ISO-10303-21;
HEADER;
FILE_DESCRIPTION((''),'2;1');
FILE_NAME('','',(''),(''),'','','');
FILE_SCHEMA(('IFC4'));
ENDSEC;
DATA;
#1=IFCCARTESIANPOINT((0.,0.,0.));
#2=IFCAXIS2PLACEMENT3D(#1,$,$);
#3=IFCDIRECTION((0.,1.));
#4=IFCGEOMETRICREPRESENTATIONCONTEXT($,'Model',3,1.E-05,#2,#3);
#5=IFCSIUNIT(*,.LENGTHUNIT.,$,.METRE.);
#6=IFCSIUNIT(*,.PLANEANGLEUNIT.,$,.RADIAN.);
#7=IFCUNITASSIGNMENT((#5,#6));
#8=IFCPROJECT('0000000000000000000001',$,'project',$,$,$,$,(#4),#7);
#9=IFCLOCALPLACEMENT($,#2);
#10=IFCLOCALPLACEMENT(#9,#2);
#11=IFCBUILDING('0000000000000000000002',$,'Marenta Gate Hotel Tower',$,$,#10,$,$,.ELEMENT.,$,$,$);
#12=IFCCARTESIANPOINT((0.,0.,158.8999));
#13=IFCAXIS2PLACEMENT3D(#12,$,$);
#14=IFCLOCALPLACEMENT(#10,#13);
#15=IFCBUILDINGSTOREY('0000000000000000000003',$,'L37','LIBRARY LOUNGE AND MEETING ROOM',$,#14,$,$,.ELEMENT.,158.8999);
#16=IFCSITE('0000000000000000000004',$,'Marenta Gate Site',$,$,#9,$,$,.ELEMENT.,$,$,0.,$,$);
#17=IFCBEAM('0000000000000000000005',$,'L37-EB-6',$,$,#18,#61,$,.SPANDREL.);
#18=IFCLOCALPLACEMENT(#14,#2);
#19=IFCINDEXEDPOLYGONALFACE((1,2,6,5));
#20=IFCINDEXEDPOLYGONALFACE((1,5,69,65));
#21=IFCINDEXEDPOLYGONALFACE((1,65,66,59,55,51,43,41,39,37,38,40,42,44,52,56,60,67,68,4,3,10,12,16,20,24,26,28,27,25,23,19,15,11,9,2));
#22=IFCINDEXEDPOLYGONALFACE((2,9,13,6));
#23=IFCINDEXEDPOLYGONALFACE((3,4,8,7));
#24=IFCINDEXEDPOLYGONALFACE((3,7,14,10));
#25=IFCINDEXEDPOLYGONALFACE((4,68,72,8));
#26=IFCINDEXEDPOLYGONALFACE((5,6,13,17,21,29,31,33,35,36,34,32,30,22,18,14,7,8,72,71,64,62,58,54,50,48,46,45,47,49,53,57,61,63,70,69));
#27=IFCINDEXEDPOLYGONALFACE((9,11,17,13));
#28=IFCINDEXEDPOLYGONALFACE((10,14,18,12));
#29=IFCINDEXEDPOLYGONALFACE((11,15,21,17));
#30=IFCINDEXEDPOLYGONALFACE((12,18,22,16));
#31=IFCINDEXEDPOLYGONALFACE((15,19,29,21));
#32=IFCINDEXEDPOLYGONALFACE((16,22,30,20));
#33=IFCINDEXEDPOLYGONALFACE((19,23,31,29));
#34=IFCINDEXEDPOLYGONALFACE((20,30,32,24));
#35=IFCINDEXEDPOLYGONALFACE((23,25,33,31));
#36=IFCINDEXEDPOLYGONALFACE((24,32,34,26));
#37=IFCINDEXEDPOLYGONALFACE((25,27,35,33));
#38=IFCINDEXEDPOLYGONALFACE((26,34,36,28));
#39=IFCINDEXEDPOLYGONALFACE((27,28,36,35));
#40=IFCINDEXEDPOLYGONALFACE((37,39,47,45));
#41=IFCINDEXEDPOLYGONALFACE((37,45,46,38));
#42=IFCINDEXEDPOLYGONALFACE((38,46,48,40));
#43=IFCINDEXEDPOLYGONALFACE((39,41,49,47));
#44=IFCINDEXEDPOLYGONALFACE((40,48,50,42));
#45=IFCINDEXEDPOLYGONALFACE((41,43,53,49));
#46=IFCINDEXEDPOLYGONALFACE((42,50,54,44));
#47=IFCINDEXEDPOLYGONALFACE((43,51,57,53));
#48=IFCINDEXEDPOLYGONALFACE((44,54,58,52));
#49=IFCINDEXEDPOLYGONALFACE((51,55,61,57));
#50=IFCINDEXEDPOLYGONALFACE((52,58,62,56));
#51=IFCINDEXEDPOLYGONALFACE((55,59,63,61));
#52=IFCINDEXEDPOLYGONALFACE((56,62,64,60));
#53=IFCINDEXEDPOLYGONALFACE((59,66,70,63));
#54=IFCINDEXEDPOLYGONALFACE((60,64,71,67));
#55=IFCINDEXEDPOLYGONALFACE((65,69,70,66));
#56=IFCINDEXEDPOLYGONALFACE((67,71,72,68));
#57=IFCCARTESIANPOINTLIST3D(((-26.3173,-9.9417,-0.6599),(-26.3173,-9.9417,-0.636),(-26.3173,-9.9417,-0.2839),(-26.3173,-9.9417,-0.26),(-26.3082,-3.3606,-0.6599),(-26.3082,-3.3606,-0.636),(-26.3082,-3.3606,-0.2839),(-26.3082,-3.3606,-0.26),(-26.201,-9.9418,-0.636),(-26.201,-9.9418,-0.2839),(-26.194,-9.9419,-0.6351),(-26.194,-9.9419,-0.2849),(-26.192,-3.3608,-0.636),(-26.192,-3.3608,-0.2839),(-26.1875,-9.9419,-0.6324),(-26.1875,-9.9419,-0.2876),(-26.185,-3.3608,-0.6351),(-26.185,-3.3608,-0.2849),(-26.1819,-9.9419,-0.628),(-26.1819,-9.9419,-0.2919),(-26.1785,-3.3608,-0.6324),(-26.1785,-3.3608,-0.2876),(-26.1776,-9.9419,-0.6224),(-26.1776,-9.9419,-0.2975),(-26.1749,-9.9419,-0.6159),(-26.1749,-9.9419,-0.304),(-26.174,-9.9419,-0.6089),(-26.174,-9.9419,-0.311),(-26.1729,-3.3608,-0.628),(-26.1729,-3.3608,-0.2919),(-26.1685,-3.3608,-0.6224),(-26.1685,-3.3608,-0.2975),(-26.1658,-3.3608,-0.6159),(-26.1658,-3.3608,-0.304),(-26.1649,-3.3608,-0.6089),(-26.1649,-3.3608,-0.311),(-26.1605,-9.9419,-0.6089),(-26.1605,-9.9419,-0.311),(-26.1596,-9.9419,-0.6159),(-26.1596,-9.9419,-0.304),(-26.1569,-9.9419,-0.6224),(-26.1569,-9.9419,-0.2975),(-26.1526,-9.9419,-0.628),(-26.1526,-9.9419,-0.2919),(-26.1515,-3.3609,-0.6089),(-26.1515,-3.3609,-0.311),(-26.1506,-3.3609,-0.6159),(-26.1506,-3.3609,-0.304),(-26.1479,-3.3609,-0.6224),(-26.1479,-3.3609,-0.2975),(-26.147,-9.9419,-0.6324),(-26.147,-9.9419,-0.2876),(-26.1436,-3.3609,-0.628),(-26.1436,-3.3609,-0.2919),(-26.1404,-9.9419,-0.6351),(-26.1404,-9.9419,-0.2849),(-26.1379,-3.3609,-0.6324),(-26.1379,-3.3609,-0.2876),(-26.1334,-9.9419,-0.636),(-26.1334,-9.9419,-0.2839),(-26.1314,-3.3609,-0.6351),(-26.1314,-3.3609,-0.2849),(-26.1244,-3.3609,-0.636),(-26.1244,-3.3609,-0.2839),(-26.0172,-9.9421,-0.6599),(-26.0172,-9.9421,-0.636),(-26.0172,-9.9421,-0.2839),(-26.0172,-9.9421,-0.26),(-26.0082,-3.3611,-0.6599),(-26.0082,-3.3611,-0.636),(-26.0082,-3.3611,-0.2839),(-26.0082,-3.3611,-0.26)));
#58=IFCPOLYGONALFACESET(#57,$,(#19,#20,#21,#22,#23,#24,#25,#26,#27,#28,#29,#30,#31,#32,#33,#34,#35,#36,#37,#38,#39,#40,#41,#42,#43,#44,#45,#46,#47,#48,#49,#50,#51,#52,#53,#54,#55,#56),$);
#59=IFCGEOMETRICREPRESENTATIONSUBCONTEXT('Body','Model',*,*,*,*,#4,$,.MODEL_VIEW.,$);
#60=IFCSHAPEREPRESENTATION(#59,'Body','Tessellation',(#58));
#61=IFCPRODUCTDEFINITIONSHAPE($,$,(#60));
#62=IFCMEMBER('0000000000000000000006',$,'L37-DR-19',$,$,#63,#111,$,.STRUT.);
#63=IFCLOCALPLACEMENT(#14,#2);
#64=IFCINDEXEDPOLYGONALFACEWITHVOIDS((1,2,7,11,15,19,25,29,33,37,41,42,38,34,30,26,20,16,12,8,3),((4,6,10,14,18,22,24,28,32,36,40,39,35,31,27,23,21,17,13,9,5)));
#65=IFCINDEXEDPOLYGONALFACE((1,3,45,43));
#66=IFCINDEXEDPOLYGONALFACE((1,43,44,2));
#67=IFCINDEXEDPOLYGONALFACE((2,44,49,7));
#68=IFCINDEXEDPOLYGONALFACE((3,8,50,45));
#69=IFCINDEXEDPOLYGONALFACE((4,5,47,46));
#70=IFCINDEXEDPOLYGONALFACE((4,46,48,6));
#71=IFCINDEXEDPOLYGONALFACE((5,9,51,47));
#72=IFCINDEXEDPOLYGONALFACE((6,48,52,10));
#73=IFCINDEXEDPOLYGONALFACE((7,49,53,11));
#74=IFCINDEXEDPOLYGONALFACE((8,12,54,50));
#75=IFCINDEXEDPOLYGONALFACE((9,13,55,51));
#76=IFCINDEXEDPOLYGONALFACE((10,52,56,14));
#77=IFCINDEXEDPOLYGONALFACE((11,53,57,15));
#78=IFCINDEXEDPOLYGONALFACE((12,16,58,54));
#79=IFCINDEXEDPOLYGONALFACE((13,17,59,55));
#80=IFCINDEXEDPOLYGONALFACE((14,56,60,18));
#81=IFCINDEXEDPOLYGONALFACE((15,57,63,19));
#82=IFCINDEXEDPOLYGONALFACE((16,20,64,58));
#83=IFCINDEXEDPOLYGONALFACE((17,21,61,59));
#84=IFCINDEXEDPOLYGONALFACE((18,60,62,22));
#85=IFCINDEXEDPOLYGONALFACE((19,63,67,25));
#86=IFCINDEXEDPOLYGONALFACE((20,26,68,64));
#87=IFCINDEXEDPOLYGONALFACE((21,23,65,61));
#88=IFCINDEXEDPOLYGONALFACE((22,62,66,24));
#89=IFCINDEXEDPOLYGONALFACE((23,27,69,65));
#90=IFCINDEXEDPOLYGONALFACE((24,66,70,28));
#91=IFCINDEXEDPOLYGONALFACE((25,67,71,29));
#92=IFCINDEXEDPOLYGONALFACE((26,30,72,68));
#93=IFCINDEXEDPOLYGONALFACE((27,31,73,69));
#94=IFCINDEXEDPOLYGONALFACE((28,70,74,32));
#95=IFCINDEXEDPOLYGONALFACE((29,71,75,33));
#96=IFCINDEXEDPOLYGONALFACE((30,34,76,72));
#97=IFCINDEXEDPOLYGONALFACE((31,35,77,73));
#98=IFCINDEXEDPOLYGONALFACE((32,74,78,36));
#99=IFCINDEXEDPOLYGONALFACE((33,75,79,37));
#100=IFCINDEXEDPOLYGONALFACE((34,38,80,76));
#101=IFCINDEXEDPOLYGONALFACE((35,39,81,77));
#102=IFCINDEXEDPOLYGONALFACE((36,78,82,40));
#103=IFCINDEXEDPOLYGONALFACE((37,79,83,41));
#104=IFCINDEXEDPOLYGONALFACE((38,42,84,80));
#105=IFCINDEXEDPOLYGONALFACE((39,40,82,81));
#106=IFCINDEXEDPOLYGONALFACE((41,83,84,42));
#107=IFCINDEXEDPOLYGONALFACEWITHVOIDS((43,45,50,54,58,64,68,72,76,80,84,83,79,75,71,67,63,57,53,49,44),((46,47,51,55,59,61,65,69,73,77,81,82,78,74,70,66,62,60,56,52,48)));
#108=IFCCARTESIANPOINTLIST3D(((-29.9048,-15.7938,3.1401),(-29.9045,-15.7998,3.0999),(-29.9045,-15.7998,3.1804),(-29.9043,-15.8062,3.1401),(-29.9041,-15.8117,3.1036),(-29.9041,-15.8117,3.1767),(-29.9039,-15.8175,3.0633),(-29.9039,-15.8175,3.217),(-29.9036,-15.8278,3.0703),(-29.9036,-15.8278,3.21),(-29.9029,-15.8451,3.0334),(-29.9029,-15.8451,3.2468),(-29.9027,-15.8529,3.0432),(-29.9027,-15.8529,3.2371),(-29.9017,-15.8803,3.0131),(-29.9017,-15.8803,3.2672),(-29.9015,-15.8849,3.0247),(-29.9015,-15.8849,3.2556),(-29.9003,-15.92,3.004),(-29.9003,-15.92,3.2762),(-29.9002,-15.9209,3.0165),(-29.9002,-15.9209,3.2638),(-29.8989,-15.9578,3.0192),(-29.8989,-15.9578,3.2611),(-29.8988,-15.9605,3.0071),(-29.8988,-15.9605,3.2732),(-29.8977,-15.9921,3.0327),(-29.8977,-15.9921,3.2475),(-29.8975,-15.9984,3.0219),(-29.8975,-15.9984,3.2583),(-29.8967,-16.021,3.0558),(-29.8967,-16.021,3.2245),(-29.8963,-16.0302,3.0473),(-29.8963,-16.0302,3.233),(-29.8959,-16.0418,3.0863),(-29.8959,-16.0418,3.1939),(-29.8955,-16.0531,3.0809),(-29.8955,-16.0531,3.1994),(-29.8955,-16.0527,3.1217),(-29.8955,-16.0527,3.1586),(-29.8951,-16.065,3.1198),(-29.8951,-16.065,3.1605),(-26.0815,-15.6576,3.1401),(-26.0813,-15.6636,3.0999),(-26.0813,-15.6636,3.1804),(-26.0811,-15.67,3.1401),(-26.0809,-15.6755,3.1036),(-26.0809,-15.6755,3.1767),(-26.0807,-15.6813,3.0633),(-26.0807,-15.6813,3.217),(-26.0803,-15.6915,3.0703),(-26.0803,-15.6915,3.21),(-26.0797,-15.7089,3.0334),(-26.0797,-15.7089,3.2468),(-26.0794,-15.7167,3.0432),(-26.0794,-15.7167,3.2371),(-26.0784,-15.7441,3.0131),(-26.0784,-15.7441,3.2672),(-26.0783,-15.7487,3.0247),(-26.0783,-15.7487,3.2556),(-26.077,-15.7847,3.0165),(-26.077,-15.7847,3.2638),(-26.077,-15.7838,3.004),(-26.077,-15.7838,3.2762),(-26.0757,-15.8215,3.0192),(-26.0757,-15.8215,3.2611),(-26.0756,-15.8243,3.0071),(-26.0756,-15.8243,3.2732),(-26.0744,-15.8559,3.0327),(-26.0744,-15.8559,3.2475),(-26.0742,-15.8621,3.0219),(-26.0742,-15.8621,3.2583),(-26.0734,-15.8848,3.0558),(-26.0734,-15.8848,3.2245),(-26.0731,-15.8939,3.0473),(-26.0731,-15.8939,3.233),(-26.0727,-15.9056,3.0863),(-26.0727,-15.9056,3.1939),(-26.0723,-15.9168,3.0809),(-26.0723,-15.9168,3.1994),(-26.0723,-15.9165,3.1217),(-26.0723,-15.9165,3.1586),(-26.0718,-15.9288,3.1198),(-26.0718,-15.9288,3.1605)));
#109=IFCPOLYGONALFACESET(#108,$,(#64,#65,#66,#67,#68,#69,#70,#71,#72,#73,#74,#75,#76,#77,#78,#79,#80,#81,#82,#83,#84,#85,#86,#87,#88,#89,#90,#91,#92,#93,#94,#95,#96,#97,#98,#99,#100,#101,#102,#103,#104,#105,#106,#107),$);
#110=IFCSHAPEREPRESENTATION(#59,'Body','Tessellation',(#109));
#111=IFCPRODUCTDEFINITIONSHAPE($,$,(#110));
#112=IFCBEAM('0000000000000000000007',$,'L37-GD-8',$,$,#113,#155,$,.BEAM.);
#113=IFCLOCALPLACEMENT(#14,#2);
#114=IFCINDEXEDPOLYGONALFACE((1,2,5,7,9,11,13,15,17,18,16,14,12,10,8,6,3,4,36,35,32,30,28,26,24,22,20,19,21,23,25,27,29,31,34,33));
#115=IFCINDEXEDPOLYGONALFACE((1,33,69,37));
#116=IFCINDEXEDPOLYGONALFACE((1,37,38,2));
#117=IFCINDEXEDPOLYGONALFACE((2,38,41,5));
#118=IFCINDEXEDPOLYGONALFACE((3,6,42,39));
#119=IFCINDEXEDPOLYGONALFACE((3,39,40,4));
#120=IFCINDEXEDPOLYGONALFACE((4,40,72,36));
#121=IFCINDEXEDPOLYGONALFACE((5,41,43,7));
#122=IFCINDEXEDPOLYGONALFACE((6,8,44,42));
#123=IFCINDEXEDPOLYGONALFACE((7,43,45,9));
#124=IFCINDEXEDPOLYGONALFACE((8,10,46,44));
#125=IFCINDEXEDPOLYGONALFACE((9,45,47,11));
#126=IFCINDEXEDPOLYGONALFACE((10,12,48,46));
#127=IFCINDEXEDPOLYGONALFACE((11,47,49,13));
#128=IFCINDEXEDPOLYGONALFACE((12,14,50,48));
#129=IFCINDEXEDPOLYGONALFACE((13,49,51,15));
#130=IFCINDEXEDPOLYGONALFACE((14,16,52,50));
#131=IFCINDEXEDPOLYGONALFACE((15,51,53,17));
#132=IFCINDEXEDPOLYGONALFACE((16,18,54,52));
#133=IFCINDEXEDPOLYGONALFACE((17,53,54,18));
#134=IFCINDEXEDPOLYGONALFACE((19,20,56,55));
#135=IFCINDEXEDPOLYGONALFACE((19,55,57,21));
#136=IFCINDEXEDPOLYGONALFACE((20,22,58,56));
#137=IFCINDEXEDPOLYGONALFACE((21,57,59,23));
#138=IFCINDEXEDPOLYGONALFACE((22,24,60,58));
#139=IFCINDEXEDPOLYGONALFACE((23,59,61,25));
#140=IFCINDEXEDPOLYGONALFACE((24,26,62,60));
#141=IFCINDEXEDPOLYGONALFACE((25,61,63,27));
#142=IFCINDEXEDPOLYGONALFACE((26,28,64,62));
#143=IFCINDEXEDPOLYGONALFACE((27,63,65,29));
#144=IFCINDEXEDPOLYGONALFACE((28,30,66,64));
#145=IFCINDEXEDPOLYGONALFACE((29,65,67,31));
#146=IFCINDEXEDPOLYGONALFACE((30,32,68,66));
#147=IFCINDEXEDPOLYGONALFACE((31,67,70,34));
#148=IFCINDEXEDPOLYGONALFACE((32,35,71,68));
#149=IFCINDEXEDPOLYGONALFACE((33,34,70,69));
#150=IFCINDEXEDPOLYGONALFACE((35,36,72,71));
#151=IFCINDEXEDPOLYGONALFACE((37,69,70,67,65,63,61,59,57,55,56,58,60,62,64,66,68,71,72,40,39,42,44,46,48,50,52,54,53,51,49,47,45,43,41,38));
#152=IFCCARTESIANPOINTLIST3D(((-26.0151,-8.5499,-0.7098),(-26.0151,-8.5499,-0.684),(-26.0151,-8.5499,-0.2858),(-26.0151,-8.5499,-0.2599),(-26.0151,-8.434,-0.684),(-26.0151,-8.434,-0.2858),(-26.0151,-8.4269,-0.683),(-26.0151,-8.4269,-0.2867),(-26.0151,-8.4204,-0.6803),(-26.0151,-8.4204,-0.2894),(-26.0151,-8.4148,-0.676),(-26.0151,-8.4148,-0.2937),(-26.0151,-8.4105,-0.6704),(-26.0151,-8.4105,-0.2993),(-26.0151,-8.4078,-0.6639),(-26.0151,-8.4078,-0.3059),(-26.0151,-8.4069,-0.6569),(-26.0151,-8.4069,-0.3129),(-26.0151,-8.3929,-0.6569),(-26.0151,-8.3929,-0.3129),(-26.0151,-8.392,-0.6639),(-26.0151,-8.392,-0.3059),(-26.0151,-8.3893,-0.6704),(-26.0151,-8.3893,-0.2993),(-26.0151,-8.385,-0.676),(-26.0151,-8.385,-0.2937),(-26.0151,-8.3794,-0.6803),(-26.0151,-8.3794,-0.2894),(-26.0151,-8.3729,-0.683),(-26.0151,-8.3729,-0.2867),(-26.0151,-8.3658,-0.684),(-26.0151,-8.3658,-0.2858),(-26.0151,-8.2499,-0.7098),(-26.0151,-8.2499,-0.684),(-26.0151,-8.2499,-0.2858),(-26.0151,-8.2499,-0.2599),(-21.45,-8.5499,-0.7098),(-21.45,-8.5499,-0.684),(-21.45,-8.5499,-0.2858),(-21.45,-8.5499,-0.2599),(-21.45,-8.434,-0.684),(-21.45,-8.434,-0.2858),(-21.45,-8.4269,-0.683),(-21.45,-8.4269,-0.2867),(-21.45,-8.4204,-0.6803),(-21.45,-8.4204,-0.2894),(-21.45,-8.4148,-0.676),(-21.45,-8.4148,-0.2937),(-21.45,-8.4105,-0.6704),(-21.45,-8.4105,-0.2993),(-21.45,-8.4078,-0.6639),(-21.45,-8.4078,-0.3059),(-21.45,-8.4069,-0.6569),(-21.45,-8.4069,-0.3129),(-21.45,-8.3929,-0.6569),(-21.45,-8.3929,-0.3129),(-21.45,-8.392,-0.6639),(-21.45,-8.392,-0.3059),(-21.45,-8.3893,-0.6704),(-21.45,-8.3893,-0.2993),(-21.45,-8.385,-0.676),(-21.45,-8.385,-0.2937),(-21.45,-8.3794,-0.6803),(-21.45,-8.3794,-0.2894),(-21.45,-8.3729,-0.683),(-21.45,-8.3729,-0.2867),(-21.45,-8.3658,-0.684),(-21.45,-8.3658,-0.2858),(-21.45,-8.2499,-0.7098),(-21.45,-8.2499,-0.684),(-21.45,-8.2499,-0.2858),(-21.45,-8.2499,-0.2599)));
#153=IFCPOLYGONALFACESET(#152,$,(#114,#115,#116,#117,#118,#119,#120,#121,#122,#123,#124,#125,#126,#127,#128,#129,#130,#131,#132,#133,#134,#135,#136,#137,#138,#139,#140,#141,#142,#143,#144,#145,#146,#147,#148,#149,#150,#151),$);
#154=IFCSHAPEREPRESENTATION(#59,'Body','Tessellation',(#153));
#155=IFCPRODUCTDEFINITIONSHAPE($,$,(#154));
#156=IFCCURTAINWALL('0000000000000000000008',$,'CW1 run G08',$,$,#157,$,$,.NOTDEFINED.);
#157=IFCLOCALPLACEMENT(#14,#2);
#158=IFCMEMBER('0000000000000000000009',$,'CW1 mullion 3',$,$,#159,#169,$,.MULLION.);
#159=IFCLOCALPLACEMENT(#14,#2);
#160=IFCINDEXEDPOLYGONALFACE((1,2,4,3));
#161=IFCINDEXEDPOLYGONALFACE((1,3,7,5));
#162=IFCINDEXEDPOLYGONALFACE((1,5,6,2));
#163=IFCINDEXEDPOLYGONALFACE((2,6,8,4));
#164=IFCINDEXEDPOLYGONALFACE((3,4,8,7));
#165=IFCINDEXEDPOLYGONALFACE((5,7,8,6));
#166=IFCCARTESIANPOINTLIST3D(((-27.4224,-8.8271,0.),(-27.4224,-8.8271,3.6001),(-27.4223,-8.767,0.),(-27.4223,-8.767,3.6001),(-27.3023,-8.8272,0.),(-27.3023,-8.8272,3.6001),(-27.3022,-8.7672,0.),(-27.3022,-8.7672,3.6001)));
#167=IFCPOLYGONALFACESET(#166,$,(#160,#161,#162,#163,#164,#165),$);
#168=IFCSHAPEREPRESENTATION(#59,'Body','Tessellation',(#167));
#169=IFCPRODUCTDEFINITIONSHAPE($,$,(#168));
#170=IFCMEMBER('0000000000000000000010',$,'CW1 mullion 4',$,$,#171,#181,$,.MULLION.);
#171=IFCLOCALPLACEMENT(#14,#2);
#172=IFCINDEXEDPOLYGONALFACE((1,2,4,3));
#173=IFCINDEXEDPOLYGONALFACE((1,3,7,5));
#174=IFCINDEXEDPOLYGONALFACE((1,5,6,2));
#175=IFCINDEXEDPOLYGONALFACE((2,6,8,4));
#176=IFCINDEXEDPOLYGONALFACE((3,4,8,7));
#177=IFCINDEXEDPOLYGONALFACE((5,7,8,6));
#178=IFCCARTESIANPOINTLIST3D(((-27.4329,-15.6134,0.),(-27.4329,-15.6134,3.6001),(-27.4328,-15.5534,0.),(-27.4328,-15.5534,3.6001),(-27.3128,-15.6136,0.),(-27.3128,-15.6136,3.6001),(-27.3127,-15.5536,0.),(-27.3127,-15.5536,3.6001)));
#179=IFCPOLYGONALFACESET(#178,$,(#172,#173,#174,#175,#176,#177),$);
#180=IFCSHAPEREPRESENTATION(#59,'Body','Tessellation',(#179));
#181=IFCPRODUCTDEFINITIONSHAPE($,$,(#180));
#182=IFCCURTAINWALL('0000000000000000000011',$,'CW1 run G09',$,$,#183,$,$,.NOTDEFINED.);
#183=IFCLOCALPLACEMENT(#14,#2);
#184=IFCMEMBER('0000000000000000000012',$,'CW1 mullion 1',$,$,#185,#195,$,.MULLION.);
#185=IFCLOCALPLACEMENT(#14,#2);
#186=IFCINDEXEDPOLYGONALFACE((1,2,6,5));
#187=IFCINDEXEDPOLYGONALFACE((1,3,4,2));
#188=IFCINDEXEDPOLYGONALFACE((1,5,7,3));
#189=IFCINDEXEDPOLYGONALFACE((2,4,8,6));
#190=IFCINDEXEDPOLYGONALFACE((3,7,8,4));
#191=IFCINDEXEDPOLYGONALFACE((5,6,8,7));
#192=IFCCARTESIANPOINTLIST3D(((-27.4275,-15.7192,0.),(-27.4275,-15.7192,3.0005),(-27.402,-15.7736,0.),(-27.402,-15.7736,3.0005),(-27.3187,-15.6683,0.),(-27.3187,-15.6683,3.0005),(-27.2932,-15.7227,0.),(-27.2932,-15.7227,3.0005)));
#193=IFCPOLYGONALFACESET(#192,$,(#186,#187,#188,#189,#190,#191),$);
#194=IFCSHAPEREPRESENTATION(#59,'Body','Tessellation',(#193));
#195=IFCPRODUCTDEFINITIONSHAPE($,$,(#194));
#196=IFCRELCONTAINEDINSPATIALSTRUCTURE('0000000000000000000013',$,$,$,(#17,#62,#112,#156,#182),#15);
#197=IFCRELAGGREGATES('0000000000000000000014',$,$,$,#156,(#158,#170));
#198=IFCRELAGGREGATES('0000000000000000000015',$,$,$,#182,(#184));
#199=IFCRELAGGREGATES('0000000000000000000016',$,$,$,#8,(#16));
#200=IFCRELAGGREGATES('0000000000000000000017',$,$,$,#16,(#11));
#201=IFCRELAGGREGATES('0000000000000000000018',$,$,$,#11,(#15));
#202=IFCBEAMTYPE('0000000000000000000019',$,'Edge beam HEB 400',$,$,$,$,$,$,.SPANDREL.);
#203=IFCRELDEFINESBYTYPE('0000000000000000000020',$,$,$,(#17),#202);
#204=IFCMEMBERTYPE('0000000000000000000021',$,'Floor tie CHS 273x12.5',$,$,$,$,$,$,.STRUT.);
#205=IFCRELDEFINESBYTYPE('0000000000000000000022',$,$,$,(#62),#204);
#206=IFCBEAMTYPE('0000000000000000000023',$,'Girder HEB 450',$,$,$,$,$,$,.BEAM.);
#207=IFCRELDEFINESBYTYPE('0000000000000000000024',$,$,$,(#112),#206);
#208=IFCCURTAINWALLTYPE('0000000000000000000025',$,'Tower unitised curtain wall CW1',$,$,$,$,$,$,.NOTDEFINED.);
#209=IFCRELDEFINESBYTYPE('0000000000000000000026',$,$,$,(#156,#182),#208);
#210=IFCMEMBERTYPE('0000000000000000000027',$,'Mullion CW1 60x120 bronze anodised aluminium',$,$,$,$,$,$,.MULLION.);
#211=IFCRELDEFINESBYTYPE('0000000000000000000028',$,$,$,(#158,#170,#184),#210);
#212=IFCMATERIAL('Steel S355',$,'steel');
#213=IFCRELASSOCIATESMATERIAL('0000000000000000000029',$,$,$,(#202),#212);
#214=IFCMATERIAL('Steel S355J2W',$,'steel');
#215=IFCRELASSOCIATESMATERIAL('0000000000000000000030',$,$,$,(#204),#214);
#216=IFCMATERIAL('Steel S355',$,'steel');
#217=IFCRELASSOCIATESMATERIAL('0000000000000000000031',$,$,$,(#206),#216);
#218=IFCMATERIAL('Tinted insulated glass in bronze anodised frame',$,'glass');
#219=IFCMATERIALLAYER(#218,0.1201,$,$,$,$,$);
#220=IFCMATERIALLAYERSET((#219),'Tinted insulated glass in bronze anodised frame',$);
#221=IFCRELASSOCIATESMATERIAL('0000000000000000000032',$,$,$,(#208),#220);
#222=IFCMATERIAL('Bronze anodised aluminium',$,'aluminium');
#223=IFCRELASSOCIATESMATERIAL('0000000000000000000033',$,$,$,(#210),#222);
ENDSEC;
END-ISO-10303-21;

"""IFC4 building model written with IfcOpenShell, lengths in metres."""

from ifc_helpers import new_model, si_unit, direction, frame, origin, origin_2d, place, context, subcontext, project, spatial, rectangle, hollow_circle, i_section, extrude, material, layer, layer_set, material_profile, profile_set, type_object, element, aggregate, save


model = new_model("IFC4")

# Units and contexts
model_context = context("Model", 3, precision=1e-05, world=origin(), true_north=direction((0.0, 1.0)))
body_context = subcontext(model_context, "Body", "Model", "MODEL_VIEW")
ifc_project = project(units=[si_unit("LENGTHUNIT", "METRE"), si_unit("PLANEANGLEUNIT", "RADIAN")], contexts=[model_context])

# Site, building, storey
site_placement = place(None, origin())
site = spatial("IfcSite", under=ifc_project, at=site_placement, Name="Marenta Gate Site", CompositionType="ELEMENT", RefElevation=0.0)
building_placement = place(site_placement, origin())
building = spatial("IfcBuilding", under=site, at=building_placement, Name="Marenta Gate Hotel Tower", CompositionType="ELEMENT")
storey_placement = place(building_placement, frame((0.0, 0.0, 158.8999)))
storey = spatial("IfcBuildingStorey", under=building, at=storey_placement, Name="L37", Description="LIBRARY LOUNGE AND MEETING ROOM", CompositionType="ELEMENT", Elevation=158.8999)

# Beam
ifc_material_1 = material(Name="Steel S355", Category="steel")
ifc_material_profile_1 = material_profile(ifc_material_1, i_section(OverallWidth=0.3, OverallDepth=0.3999, WebThickness=0.0134, FlangeThickness=0.0239, FilletRadius=0.0271, at=origin_2d()), Name="HEB 400")
ifc_profile_set_1 = profile_set([ifc_material_profile_1], Name="Steel S355")
beam_type_1 = type_object("IfcBeamType", Name="Edge beam HEB 400", PredefinedType="SPANDREL", material=ifc_profile_set_1)
beam_1_placement = place(storey_placement, frame((-26.1672, -9.9419, -0.46), z_axis=(0.001373, 0.999999, 0.0), x_axis=(-0.999999, 0.001373, 0.0)))
element("IfcBeam", 1, at=beam_1_placement, inside=storey, type_object=beam_type_1, Name="L37-EB-6", PredefinedType="SPANDREL", context=body_context, shape_type="SweptSolid", body=[
    extrude(i_section(OverallWidth=0.3, OverallDepth=0.3999, WebThickness=0.0134, FlangeThickness=0.0239, FilletRadius=0.0271, at=origin_2d()), origin(), (0.0, 0.0, 1.0), 6.5811),
])

# Member
ifc_material_2 = material(Name="Steel S355J2W", Category="steel")
ifc_material_profile_2 = material_profile(ifc_material_2, hollow_circle(Radius=0.1365, WallThickness=0.0125, at=origin_2d()), Name="CHS 273x12.5")
ifc_profile_set_2 = profile_set([ifc_material_profile_2], Name="Steel S355J2W")
member_type_1 = type_object("IfcMemberType", Name="Floor tie CHS 273x12.5", PredefinedType="STRUT", material=ifc_profile_set_2)
member_1_placement = place(storey_placement, frame((-29.8999, -15.9302, 3.1401), z_axis=(0.999366, 0.03561, 0.0), x_axis=(-0.03561, 0.999366, 0.0)))
element("IfcMember", 2, at=member_1_placement, inside=storey, type_object=member_type_1, Name="L37-DR-19", PredefinedType="STRUT", context=body_context, shape_type="SweptSolid", body=[
    extrude(hollow_circle(Radius=0.1365, WallThickness=0.0125, at=origin_2d()), origin(), (0.0, 0.0, 1.0), 3.8257),
])

# Beam
ifc_material_3 = material(Name="Steel S355", Category="steel")
ifc_material_profile_3 = material_profile(ifc_material_3, i_section(OverallWidth=0.3, OverallDepth=0.45, WebThickness=0.0139, FlangeThickness=0.0259, FilletRadius=0.0271, at=origin_2d()), Name="HEB 450")
ifc_profile_set_3 = profile_set([ifc_material_profile_3], Name="Steel S355")
beam_type_2 = type_object("IfcBeamType", Name="Girder HEB 450", PredefinedType="BEAM", material=ifc_profile_set_3)
beam_2_placement = place(storey_placement, frame((-26.0151, -8.3999, -0.4849), z_axis=(1.0, 0.0, 0.0), x_axis=(0.0, 1.0, 0.0)))
element("IfcBeam", 3, at=beam_2_placement, inside=storey, type_object=beam_type_2, Name="L37-GD-8", PredefinedType="BEAM", context=body_context, shape_type="SweptSolid", body=[
    extrude(i_section(OverallWidth=0.3, OverallDepth=0.45, WebThickness=0.0139, FlangeThickness=0.0259, FilletRadius=0.0271, at=origin_2d()), origin(), (0.0, 0.0, 1.0), 4.5652),
])

# Curtain wall, members
ifc_material_4 = material(Name="Tinted insulated glass in bronze anodised frame", Category="glass")
ifc_layer_1 = layer(ifc_material_4, 0.1201)
ifc_layer_set_1 = layer_set([ifc_layer_1], Name="Tinted insulated glass in bronze anodised frame")
curtain_wall_type = type_object("IfcCurtainWallType", Name="Tower unitised curtain wall CW1", PredefinedType="NOTDEFINED", material=ifc_layer_set_1)
curtain_wall_1_placement = place(storey_placement, origin())
curtain_wall_1 = element("IfcCurtainWall", 4, at=curtain_wall_1_placement, inside=storey, type_object=curtain_wall_type, Name="CW1 run G08", PredefinedType="NOTDEFINED")
ifc_material_5 = material(Name="Bronze anodised aluminium", Category="aluminium")
ifc_material_profile_4 = material_profile(ifc_material_5, rectangle(XDim=0.1201, YDim=0.0601, at=origin_2d()), Name="Mullion CW1 60x120 bronze anodised aluminium")
ifc_profile_set_4 = profile_set([ifc_material_profile_4], Name="Bronze anodised aluminium")
member_type_2 = type_object("IfcMemberType", Name="Mullion CW1 60x120 bronze anodised aluminium", PredefinedType="MULLION", material=ifc_profile_set_4)
member_2_placement = place(storey_placement, frame((-27.3623, -8.7971, 0.0), z_axis=(0.0, 0.0, 1.0), x_axis=(0.999999, -0.001565, 0.0)))
member_2 = element("IfcMember", 5, at=member_2_placement, type_object=member_type_2, Name="CW1 mullion 3", PredefinedType="MULLION", context=body_context, shape_type="SweptSolid", body=[
    extrude(rectangle(XDim=0.1201, YDim=0.0601, at=origin_2d()), origin(), (0.0, 0.0, 1.0), 3.6001),
])
member_3_placement = place(storey_placement, frame((-27.3728, -15.5835, 0.0), z_axis=(0.0, 0.0, 1.0), x_axis=(0.999999, -0.001565, 0.0)))
member_3 = element("IfcMember", 6, at=member_3_placement, type_object=member_type_2, Name="CW1 mullion 4", PredefinedType="MULLION", context=body_context, shape_type="SweptSolid", body=[
    extrude(rectangle(XDim=0.1201, YDim=0.0601, at=origin_2d()), origin(), (0.0, 0.0, 1.0), 3.6001),
])

# Curtain wall, member
curtain_wall_2_placement = place(storey_placement, origin())
curtain_wall_2 = element("IfcCurtainWall", 7, at=curtain_wall_2_placement, inside=storey, type_object=curtain_wall_type, Name="CW1 run G09", PredefinedType="NOTDEFINED")
member_4_placement = place(storey_placement, frame((-27.3604, -15.7209, 0.0), z_axis=(0.0, 0.0, 1.0), x_axis=(0.905968, 0.423345, 0.0)))
member_4 = element("IfcMember", 8, at=member_4_placement, type_object=member_type_2, Name="CW1 mullion 1", PredefinedType="MULLION", context=body_context, shape_type="SweptSolid", body=[
    extrude(rectangle(XDim=0.1201, YDim=0.0601, at=origin_2d()), origin(), (0.0, 0.0, 1.0), 3.0005),
])

aggregate(curtain_wall_1, [member_2, member_3])
aggregate(curtain_wall_2, [member_4])

save(model, "model.ifc")
